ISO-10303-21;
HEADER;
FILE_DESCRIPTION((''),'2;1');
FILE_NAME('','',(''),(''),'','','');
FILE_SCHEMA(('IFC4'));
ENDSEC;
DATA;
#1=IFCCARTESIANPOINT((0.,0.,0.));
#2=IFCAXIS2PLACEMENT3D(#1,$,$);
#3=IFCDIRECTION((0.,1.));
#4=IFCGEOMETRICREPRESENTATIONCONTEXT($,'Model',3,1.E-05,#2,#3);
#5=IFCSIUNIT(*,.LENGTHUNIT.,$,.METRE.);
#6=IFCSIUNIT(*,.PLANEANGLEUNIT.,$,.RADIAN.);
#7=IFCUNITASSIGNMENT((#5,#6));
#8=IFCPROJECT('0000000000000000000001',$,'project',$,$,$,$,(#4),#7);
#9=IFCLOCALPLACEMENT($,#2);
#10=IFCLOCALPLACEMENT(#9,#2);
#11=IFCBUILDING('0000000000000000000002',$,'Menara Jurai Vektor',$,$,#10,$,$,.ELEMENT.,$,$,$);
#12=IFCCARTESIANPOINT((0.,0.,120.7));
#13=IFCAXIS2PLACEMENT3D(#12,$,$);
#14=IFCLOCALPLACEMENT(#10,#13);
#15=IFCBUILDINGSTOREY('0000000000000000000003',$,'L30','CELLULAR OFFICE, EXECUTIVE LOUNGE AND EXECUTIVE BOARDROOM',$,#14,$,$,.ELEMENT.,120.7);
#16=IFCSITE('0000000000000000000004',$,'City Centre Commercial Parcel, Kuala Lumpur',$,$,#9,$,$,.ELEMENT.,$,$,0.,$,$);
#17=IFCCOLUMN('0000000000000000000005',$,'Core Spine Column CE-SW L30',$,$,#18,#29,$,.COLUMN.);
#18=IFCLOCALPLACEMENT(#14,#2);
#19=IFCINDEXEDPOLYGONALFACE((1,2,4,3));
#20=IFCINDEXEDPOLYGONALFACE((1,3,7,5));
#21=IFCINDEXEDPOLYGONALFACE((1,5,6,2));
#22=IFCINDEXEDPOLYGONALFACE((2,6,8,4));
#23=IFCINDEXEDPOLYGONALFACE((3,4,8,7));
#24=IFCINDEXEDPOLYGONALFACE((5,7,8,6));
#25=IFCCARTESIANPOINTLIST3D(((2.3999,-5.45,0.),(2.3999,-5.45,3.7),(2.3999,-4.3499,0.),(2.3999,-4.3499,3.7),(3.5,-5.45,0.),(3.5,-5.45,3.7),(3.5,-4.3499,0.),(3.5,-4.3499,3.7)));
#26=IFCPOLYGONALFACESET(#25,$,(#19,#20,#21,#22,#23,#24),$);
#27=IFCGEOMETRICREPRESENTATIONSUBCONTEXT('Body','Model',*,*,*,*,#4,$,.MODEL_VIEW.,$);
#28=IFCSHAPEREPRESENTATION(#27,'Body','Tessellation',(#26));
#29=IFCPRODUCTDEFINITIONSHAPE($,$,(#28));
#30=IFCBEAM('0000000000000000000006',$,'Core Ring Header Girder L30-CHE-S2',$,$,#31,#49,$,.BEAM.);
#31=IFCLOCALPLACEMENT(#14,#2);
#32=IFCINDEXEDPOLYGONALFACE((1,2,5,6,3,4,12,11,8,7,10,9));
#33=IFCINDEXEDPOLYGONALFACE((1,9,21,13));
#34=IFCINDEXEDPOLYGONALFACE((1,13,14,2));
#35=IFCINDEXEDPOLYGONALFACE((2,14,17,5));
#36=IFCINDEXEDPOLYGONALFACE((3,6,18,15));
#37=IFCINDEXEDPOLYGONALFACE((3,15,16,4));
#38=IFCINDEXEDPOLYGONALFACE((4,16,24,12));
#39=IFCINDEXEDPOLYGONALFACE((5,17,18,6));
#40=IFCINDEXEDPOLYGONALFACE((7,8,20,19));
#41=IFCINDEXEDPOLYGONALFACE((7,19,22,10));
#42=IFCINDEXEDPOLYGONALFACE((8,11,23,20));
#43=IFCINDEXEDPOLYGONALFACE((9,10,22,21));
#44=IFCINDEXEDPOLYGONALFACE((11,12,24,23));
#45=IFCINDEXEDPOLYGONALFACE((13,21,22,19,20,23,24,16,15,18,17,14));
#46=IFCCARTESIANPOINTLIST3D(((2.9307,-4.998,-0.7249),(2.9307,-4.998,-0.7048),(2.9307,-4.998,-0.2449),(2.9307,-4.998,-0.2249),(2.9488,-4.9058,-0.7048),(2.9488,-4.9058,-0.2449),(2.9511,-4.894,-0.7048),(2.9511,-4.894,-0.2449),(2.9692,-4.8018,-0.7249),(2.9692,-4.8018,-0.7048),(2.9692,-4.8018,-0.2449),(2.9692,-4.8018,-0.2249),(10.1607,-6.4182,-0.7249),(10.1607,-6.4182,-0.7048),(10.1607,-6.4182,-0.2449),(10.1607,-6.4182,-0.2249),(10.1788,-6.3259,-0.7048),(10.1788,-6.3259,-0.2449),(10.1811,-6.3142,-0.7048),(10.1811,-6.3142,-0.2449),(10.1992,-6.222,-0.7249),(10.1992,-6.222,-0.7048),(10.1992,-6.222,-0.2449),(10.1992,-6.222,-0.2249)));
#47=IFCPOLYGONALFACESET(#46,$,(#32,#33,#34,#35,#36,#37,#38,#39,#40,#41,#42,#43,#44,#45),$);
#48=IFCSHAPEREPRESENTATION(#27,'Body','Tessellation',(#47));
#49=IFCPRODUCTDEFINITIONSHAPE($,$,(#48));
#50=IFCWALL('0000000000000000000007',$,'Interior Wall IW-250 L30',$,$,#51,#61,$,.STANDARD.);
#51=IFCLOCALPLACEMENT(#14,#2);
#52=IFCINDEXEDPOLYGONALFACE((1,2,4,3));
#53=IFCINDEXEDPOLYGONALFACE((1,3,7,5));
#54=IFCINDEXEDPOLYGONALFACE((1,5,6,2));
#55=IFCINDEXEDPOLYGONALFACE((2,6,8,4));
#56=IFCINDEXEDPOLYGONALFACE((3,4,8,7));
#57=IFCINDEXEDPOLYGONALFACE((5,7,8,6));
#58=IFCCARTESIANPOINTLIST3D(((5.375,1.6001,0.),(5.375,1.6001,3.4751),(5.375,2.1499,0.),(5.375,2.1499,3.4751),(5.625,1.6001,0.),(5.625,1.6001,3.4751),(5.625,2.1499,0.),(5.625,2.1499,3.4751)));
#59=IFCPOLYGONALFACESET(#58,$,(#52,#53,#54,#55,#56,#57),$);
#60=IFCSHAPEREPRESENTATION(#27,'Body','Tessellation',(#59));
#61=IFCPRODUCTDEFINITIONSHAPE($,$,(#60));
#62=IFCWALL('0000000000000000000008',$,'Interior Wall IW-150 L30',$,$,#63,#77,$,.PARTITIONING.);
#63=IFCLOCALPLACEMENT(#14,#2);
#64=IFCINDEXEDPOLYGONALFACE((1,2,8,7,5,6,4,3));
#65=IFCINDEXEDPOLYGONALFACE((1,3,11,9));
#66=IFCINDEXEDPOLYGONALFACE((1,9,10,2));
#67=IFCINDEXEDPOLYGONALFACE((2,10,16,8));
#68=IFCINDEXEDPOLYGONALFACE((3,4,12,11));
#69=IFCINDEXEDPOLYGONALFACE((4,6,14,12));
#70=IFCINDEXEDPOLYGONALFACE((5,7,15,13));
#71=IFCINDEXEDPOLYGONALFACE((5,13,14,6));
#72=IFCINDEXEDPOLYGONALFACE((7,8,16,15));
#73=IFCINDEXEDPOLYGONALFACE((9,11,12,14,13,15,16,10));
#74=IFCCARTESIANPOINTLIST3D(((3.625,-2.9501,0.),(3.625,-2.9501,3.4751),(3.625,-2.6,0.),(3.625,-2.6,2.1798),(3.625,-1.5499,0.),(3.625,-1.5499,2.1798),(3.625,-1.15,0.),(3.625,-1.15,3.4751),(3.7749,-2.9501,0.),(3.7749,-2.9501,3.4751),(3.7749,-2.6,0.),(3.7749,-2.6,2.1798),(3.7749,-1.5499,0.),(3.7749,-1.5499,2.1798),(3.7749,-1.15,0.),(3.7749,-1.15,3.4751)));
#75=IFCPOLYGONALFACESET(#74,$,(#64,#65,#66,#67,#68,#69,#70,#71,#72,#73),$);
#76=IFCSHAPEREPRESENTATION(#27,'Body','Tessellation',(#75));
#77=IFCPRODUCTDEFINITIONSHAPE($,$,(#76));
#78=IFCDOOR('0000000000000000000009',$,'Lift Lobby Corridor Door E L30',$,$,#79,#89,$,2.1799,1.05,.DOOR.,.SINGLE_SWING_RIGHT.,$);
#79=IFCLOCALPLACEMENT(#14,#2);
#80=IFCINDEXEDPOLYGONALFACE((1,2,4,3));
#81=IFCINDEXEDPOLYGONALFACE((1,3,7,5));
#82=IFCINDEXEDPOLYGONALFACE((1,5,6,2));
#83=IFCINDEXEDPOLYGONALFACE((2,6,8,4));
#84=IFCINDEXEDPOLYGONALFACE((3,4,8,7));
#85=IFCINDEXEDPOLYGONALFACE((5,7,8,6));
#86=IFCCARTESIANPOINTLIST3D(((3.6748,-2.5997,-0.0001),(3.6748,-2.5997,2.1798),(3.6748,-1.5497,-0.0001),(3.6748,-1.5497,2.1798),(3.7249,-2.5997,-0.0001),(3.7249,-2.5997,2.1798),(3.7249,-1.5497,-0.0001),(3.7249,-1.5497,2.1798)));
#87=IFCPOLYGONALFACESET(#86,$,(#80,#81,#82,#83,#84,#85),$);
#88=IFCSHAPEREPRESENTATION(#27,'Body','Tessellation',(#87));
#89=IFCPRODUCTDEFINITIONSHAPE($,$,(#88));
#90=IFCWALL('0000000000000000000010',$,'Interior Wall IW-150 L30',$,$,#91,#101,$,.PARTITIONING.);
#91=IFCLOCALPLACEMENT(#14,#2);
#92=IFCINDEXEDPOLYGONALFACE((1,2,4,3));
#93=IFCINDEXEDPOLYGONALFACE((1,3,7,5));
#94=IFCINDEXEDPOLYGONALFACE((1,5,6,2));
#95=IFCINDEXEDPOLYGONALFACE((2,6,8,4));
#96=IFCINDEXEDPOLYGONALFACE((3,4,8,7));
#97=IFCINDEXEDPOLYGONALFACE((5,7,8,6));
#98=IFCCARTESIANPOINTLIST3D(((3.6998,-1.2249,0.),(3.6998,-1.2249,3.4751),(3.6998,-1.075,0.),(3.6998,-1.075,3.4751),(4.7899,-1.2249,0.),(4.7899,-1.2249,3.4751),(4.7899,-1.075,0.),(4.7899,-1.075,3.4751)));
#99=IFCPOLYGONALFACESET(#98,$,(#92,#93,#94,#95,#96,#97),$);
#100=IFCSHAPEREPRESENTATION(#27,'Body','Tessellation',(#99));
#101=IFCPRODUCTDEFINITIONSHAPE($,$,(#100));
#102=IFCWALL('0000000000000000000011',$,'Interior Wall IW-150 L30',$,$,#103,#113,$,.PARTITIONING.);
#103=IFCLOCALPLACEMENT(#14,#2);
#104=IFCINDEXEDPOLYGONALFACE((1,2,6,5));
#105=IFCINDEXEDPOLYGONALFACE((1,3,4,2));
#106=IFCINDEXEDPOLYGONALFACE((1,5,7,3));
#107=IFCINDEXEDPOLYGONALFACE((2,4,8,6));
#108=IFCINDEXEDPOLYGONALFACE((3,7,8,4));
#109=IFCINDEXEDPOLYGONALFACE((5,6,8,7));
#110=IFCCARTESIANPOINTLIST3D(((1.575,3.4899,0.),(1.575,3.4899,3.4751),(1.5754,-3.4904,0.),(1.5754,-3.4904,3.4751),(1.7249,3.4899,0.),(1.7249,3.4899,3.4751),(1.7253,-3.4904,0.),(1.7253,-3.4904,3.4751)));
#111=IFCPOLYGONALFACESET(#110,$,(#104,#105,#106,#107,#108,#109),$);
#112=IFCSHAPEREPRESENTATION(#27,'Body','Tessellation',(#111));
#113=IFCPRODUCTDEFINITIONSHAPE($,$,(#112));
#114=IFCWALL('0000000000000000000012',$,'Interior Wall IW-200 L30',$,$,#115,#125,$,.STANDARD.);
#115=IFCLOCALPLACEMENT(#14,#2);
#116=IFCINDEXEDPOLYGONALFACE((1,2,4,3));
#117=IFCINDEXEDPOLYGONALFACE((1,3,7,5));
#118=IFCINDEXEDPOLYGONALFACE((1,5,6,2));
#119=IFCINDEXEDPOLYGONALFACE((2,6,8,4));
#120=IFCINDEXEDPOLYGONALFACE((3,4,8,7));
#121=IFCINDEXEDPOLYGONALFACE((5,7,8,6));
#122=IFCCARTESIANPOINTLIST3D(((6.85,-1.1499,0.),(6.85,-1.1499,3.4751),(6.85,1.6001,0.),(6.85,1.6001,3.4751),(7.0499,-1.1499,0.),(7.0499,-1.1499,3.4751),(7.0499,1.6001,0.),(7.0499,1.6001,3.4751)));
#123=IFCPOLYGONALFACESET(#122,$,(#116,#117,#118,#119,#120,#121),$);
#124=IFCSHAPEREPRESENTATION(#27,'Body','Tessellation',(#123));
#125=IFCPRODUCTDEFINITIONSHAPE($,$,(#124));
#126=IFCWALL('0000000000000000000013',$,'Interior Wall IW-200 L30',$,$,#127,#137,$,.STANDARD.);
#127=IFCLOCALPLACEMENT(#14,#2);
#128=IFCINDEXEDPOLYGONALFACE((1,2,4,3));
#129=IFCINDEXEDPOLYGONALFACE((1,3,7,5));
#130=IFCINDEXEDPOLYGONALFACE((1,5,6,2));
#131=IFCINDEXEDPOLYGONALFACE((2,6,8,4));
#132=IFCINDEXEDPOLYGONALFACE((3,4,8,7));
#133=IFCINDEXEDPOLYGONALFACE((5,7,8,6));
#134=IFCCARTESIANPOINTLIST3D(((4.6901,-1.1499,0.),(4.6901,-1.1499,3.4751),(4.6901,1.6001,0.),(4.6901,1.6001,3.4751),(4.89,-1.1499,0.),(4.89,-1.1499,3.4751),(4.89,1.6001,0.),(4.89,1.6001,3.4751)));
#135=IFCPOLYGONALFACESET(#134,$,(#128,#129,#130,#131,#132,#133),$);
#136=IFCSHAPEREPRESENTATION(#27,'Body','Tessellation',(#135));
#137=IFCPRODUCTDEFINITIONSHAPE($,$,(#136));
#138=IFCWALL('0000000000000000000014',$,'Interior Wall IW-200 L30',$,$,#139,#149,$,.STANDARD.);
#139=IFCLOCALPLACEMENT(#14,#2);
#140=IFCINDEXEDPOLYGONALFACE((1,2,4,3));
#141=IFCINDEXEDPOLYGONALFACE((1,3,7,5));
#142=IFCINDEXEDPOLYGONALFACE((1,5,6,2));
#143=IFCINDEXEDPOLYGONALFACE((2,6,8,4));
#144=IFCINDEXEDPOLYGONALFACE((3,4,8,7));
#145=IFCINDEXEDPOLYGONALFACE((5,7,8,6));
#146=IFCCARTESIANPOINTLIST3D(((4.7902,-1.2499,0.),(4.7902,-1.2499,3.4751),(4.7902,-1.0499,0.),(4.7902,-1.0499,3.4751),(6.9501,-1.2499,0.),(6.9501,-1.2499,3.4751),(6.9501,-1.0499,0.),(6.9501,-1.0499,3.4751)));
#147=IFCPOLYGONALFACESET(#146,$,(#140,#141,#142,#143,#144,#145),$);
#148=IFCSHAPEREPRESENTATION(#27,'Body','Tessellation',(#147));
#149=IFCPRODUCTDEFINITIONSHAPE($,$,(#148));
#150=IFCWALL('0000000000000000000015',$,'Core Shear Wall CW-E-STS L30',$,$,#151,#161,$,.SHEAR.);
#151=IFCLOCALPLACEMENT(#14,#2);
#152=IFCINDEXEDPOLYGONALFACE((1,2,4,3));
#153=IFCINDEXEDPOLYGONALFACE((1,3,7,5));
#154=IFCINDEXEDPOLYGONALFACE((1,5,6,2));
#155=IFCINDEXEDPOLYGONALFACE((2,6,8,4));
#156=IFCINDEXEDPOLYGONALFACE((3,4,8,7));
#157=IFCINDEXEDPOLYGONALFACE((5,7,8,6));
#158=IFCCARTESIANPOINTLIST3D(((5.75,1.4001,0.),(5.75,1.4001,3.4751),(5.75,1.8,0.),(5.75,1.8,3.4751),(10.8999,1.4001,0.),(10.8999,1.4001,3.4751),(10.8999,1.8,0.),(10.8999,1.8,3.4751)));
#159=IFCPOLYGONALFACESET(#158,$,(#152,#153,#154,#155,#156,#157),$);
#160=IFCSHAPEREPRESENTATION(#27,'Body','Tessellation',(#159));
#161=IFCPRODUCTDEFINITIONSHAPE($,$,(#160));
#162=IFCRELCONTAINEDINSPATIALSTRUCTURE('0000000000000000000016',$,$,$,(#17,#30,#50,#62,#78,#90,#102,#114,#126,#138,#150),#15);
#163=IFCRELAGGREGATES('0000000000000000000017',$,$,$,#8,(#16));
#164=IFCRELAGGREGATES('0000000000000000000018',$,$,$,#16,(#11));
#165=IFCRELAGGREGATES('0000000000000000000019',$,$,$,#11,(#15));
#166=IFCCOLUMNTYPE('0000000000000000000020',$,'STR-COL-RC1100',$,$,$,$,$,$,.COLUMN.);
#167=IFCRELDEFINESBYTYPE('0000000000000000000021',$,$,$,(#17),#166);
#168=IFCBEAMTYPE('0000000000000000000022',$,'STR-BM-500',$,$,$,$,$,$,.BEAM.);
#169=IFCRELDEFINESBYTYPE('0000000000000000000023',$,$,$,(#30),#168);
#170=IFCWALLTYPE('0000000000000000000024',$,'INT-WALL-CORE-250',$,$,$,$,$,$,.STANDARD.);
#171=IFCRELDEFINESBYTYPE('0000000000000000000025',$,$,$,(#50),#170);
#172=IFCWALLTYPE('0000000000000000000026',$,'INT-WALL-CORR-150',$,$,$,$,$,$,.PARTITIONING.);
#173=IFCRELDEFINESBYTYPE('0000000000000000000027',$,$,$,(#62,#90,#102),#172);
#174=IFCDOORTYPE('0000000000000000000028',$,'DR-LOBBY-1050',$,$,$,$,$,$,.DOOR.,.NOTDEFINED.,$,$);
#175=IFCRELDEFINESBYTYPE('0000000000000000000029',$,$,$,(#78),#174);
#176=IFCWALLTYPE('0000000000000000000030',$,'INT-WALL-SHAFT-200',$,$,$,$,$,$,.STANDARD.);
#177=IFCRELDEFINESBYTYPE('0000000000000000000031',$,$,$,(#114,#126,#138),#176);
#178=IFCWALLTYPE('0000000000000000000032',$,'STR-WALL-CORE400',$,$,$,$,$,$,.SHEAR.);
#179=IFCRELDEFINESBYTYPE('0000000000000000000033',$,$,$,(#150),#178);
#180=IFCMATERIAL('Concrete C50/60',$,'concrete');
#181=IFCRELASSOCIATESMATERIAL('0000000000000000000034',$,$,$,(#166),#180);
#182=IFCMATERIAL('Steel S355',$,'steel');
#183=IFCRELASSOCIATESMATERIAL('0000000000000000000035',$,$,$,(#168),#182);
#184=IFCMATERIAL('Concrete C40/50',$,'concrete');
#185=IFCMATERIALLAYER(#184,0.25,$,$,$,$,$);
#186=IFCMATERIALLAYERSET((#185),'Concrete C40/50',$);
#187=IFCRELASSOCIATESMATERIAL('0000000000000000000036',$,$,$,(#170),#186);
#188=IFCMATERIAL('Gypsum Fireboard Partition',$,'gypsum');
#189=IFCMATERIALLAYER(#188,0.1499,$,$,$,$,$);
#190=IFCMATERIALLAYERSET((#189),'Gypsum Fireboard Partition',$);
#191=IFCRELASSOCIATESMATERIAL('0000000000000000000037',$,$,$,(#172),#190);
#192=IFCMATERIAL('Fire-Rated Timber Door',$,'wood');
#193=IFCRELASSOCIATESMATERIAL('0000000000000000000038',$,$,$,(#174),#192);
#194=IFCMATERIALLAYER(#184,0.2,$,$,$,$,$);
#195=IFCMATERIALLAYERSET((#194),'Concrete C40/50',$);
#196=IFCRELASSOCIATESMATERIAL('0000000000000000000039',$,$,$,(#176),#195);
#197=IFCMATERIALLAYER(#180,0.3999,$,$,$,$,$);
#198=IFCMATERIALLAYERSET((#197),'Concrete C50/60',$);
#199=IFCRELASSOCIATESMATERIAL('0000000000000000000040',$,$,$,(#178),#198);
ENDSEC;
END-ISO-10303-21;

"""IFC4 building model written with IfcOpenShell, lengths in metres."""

from ifc_helpers import new_model, si_unit, direction, frame, frame_2d, origin, origin_2d, place, context, subcontext, project, spatial, rectangle, i_section, extrude, material, layer, layer_set, material_profile, profile_set, type_object, element, fill, save


model = new_model("IFC4")

# Units and contexts
model_context = context("Model", 3, precision=1e-05, world=origin(), true_north=direction((0.0, 1.0)))
body_context = subcontext(model_context, "Body", "Model", "MODEL_VIEW")
ifc_project = project(units=[si_unit("LENGTHUNIT", "METRE"), si_unit("PLANEANGLEUNIT", "RADIAN")], contexts=[model_context])

# Site, building, storey
site_placement = place(None, origin())
site = spatial("IfcSite", under=ifc_project, at=site_placement, Name="City Centre Commercial Parcel, Kuala Lumpur", CompositionType="ELEMENT", RefElevation=0.0)
building_placement = place(site_placement, origin())
building = spatial("IfcBuilding", under=site, at=building_placement, Name="Menara Jurai Vektor", CompositionType="ELEMENT")
storey_placement = place(building_placement, frame((0.0, 0.0, 120.7)))
storey = spatial("IfcBuildingStorey", under=building, at=storey_placement, Name="L30", Description="CELLULAR OFFICE, EXECUTIVE LOUNGE AND EXECUTIVE BOARDROOM", CompositionType="ELEMENT", Elevation=120.7)

# Column
ifc_material_1 = material(Name="Concrete C50/60", Category="concrete")
ifc_material_profile_1 = material_profile(ifc_material_1, rectangle(XDim=1.1001, YDim=1.1001, at=origin_2d()), Name="RC 1100x1100")
ifc_profile_set_1 = profile_set([ifc_material_profile_1], Name="Concrete C50/60")
column_type = type_object("IfcColumnType", Name="STR-COL-RC1100", PredefinedType="COLUMN", material=ifc_profile_set_1)
column_placement = place(storey_placement, frame((2.95, -4.8999, 0.0), z_axis=(0.0, 0.0, 1.0), x_axis=(1.0, 0.0, 0.0)))
element("IfcColumn", 1, at=column_placement, inside=storey, type_object=column_type, Name="Core Spine Column CE-SW L30", PredefinedType="COLUMN", context=body_context, shape_type="SweptSolid", body=[
    extrude(rectangle(XDim=1.1001, YDim=1.1001, at=origin_2d()), origin(), (0.0, 0.0, 1.0), 3.7),
])

# Beam
ifc_material_2 = material(Name="Steel S355", Category="steel")
ifc_material_profile_2 = material_profile(ifc_material_2, i_section(OverallWidth=0.2, OverallDepth=0.5, WebThickness=0.012, FlangeThickness=0.02, at=origin_2d()), Name="PG 500x200x96")
ifc_profile_set_2 = profile_set([ifc_material_profile_2], Name="Steel S355")
beam_type = type_object("IfcBeamType", Name="STR-BM-500", PredefinedType="BEAM", material=ifc_profile_set_2)
beam_placement = place(storey_placement, frame((2.95, -4.8999, -0.4749), z_axis=(0.981249, -0.192744, 0.0), x_axis=(0.192744, 0.981249, 0.0)))
element("IfcBeam", 2, at=beam_placement, inside=storey, type_object=beam_type, Name="Core Ring Header Girder L30-CHE-S2", PredefinedType="BEAM", context=body_context, shape_type="SweptSolid", body=[
    extrude(i_section(OverallWidth=0.2, OverallDepth=0.5, WebThickness=0.012, FlangeThickness=0.02, at=origin_2d()), origin(), (0.0, 0.0, 1.0), 7.3682),
])

# Wall
ifc_material_3 = material(Name="Concrete C40/50", Category="concrete")
ifc_layer_1 = layer(ifc_material_3, 0.25)
ifc_layer_set_1 = layer_set([ifc_layer_1], Name="Concrete C40/50")
wall_type_1 = type_object("IfcWallType", Name="INT-WALL-CORE-250", PredefinedType="STANDARD", material=ifc_layer_set_1)
wall_1_placement = place(storey_placement, frame((5.5, 1.6001, 0.0), z_axis=(0.0, 0.0, 1.0), x_axis=(0.0, 1.0, 0.0)))
element("IfcWall", 3, at=wall_1_placement, inside=storey, type_object=wall_type_1, Name="Interior Wall IW-250 L30", PredefinedType="STANDARD", context=body_context, shape_type="SweptSolid", body=[
    extrude(rectangle(XDim=0.5498, YDim=0.25, at=frame_2d((0.2749, 0.0))), origin(), (0.0, 0.0, 1.0), 3.4751),
])

# Wall, opening, door
ifc_material_4 = material(Name="Gypsum Fireboard Partition", Category="gypsum")
ifc_layer_2 = layer(ifc_material_4, 0.1499)
ifc_layer_set_2 = layer_set([ifc_layer_2], Name="Gypsum Fireboard Partition")
wall_type_2 = type_object("IfcWallType", Name="INT-WALL-CORR-150", PredefinedType="PARTITIONING", material=ifc_layer_set_2)
wall_2_placement = place(storey_placement, frame((3.7, -2.95, 0.0), z_axis=(0.0, 0.0, 1.0), x_axis=(0.0, 1.0, 0.0)))
wall_2 = element("IfcWall", 4, at=wall_2_placement, inside=storey, type_object=wall_type_2, Name="Interior Wall IW-150 L30", PredefinedType="PARTITIONING", context=body_context, shape_type="SweptSolid", body=[
    extrude(rectangle(XDim=1.8, YDim=0.1499, at=frame_2d((0.8999, 0.0))), origin(), (0.0, 0.0, 1.0), 3.4751),
])
opening_1_placement = place(wall_2_placement, frame((0.3501, 0.0, 0.0)))
opening_1 = element("IfcOpeningElement", 5, at=opening_1_placement, cuts=wall_2, PredefinedType="OPENING", context=body_context, shape_type="SweptSolid", body=[
    extrude(rectangle(XDim=1.05, YDim=2.1799, at=frame_2d((0.5249, 1.0898))), frame((0.0, 0.085, 0.0), z_axis=(0.0, -1.0, 0.0), x_axis=(1.0, 0.0, 0.0)), (0.0, 0.0, 1.0), 0.1699),
])
ifc_material_5 = material(Name="Fire-Rated Timber Door", Category="wood")
door_type_1 = type_object("IfcDoorType", Name="DR-LOBBY-1050", OperationType="NOTDEFINED", PredefinedType="DOOR", material=ifc_material_5)
door_1_placement = place(opening_1_placement, frame((1.05, 0.0, 0.0), z_axis=(0.0, 0.0, 1.0), x_axis=(-1.0, 0.0, 0.0)))
door_1 = element("IfcDoor", 6, at=door_1_placement, inside=storey, type_object=door_type_1, Name="Lift Lobby Corridor Door E L30", OperationType="SINGLE_SWING_RIGHT", OverallHeight=2.1799, OverallWidth=1.05, PredefinedType="DOOR", context=body_context, shape_type="SweptSolid", body=[
    extrude(rectangle(XDim=1.05, YDim=2.1799, at=frame_2d((0.5249, 1.0898))), frame((0.0, 0.0249, 0.0), z_axis=(0.0, -1.0, 0.0), x_axis=(1.0, 0.0, 0.0)), (0.0, 0.0, 1.0), 0.05),
])
fill(opening_1, door_1)

# Walls
wall_3_placement = place(storey_placement, frame((3.7, -1.1499, 0.0), z_axis=(0.0, 0.0, 1.0), x_axis=(1.0, 0.0, 0.0)))
element("IfcWall", 7, at=wall_3_placement, inside=storey, type_object=wall_type_2, Name="Interior Wall IW-150 L30", PredefinedType="PARTITIONING", context=body_context, shape_type="SweptSolid", body=[
    extrude(rectangle(XDim=1.0901, YDim=0.1499, at=frame_2d((0.5449, 0.0))), origin(), (0.0, 0.0, 1.0), 3.4751),
])
wall_4_placement = place(storey_placement, frame((1.6504, -3.4905, 0.0), z_axis=(0.0, 0.0, 1.0), x_axis=(-0.00007, 1.0, 0.0)))
element("IfcWall", 8, at=wall_4_placement, inside=storey, type_object=wall_type_2, Name="Interior Wall IW-150 L30", PredefinedType="PARTITIONING", context=body_context, shape_type="SweptSolid", body=[
    extrude(rectangle(XDim=6.9802, YDim=0.1499, at=frame_2d((3.4902, 0.0))), origin(), (0.0, 0.0, 1.0), 3.4751),
])

# Shared definitions
ifc_layer_3 = layer(ifc_material_3, 0.2)
ifc_layer_set_3 = layer_set([ifc_layer_3], Name="Concrete C40/50")
wall_type_3 = type_object("IfcWallType", Name="INT-WALL-SHAFT-200", PredefinedType="STANDARD", material=ifc_layer_set_3)

# Walls
for number, where, z_axis, x_axis, name in (
    (9, (6.95, -1.1499, 0.0), (0.0, 0.0, 1.0), (0.0, 1.0, 0.0), "Interior Wall IW-200 L30"),
    (10, (4.79, -1.1499, 0.0), (0.0, 0.0, 1.0), (0.0, 1.0, 0.0), "Interior Wall IW-200 L30"),
):
    element("IfcWall", number, at=place(storey_placement, frame(where, z_axis=z_axis, x_axis=x_axis)), inside=storey, type_object=wall_type_3, Name=name, PredefinedType="STANDARD", context=body_context, shape_type="SweptSolid", body=[
        extrude(rectangle(XDim=2.75, YDim=0.2, at=frame_2d((1.375, 0.0))), origin(), (0.0, 0.0, 1.0), 3.4751),
    ])
wall_5_placement = place(storey_placement, frame((4.79, -1.1499, 0.0), z_axis=(0.0, 0.0, 1.0), x_axis=(1.0, 0.0, 0.0)))
element("IfcWall", 11, at=wall_5_placement, inside=storey, type_object=wall_type_3, Name="Interior Wall IW-200 L30", PredefinedType="STANDARD", context=body_context, shape_type="SweptSolid", body=[
    extrude(rectangle(XDim=2.1599, YDim=0.2, at=frame_2d((1.0801, 0.0))), origin(), (0.0, 0.0, 1.0), 3.4751),
])

# Wall
ifc_layer_4 = layer(ifc_material_1, 0.3999)
ifc_layer_set_4 = layer_set([ifc_layer_4], Name="Concrete C50/60")
wall_type_4 = type_object("IfcWallType", Name="STR-WALL-CORE400", PredefinedType="SHEAR", material=ifc_layer_set_4)
wall_6_placement = place(storey_placement, frame((5.75, 1.6001, 0.0), z_axis=(0.0, 0.0, 1.0), x_axis=(1.0, 0.0, 0.0)))
element("IfcWall", 12, at=wall_6_placement, inside=storey, type_object=wall_type_4, Name="Core Shear Wall CW-E-STS L30", PredefinedType="SHEAR", context=body_context, shape_type="SweptSolid", body=[
    extrude(rectangle(XDim=5.1499, YDim=0.3999, at=frame_2d((2.575, 0.0))), origin(), (0.0, 0.0, 1.0), 3.4751),
])

save(model, "model.ifc")
